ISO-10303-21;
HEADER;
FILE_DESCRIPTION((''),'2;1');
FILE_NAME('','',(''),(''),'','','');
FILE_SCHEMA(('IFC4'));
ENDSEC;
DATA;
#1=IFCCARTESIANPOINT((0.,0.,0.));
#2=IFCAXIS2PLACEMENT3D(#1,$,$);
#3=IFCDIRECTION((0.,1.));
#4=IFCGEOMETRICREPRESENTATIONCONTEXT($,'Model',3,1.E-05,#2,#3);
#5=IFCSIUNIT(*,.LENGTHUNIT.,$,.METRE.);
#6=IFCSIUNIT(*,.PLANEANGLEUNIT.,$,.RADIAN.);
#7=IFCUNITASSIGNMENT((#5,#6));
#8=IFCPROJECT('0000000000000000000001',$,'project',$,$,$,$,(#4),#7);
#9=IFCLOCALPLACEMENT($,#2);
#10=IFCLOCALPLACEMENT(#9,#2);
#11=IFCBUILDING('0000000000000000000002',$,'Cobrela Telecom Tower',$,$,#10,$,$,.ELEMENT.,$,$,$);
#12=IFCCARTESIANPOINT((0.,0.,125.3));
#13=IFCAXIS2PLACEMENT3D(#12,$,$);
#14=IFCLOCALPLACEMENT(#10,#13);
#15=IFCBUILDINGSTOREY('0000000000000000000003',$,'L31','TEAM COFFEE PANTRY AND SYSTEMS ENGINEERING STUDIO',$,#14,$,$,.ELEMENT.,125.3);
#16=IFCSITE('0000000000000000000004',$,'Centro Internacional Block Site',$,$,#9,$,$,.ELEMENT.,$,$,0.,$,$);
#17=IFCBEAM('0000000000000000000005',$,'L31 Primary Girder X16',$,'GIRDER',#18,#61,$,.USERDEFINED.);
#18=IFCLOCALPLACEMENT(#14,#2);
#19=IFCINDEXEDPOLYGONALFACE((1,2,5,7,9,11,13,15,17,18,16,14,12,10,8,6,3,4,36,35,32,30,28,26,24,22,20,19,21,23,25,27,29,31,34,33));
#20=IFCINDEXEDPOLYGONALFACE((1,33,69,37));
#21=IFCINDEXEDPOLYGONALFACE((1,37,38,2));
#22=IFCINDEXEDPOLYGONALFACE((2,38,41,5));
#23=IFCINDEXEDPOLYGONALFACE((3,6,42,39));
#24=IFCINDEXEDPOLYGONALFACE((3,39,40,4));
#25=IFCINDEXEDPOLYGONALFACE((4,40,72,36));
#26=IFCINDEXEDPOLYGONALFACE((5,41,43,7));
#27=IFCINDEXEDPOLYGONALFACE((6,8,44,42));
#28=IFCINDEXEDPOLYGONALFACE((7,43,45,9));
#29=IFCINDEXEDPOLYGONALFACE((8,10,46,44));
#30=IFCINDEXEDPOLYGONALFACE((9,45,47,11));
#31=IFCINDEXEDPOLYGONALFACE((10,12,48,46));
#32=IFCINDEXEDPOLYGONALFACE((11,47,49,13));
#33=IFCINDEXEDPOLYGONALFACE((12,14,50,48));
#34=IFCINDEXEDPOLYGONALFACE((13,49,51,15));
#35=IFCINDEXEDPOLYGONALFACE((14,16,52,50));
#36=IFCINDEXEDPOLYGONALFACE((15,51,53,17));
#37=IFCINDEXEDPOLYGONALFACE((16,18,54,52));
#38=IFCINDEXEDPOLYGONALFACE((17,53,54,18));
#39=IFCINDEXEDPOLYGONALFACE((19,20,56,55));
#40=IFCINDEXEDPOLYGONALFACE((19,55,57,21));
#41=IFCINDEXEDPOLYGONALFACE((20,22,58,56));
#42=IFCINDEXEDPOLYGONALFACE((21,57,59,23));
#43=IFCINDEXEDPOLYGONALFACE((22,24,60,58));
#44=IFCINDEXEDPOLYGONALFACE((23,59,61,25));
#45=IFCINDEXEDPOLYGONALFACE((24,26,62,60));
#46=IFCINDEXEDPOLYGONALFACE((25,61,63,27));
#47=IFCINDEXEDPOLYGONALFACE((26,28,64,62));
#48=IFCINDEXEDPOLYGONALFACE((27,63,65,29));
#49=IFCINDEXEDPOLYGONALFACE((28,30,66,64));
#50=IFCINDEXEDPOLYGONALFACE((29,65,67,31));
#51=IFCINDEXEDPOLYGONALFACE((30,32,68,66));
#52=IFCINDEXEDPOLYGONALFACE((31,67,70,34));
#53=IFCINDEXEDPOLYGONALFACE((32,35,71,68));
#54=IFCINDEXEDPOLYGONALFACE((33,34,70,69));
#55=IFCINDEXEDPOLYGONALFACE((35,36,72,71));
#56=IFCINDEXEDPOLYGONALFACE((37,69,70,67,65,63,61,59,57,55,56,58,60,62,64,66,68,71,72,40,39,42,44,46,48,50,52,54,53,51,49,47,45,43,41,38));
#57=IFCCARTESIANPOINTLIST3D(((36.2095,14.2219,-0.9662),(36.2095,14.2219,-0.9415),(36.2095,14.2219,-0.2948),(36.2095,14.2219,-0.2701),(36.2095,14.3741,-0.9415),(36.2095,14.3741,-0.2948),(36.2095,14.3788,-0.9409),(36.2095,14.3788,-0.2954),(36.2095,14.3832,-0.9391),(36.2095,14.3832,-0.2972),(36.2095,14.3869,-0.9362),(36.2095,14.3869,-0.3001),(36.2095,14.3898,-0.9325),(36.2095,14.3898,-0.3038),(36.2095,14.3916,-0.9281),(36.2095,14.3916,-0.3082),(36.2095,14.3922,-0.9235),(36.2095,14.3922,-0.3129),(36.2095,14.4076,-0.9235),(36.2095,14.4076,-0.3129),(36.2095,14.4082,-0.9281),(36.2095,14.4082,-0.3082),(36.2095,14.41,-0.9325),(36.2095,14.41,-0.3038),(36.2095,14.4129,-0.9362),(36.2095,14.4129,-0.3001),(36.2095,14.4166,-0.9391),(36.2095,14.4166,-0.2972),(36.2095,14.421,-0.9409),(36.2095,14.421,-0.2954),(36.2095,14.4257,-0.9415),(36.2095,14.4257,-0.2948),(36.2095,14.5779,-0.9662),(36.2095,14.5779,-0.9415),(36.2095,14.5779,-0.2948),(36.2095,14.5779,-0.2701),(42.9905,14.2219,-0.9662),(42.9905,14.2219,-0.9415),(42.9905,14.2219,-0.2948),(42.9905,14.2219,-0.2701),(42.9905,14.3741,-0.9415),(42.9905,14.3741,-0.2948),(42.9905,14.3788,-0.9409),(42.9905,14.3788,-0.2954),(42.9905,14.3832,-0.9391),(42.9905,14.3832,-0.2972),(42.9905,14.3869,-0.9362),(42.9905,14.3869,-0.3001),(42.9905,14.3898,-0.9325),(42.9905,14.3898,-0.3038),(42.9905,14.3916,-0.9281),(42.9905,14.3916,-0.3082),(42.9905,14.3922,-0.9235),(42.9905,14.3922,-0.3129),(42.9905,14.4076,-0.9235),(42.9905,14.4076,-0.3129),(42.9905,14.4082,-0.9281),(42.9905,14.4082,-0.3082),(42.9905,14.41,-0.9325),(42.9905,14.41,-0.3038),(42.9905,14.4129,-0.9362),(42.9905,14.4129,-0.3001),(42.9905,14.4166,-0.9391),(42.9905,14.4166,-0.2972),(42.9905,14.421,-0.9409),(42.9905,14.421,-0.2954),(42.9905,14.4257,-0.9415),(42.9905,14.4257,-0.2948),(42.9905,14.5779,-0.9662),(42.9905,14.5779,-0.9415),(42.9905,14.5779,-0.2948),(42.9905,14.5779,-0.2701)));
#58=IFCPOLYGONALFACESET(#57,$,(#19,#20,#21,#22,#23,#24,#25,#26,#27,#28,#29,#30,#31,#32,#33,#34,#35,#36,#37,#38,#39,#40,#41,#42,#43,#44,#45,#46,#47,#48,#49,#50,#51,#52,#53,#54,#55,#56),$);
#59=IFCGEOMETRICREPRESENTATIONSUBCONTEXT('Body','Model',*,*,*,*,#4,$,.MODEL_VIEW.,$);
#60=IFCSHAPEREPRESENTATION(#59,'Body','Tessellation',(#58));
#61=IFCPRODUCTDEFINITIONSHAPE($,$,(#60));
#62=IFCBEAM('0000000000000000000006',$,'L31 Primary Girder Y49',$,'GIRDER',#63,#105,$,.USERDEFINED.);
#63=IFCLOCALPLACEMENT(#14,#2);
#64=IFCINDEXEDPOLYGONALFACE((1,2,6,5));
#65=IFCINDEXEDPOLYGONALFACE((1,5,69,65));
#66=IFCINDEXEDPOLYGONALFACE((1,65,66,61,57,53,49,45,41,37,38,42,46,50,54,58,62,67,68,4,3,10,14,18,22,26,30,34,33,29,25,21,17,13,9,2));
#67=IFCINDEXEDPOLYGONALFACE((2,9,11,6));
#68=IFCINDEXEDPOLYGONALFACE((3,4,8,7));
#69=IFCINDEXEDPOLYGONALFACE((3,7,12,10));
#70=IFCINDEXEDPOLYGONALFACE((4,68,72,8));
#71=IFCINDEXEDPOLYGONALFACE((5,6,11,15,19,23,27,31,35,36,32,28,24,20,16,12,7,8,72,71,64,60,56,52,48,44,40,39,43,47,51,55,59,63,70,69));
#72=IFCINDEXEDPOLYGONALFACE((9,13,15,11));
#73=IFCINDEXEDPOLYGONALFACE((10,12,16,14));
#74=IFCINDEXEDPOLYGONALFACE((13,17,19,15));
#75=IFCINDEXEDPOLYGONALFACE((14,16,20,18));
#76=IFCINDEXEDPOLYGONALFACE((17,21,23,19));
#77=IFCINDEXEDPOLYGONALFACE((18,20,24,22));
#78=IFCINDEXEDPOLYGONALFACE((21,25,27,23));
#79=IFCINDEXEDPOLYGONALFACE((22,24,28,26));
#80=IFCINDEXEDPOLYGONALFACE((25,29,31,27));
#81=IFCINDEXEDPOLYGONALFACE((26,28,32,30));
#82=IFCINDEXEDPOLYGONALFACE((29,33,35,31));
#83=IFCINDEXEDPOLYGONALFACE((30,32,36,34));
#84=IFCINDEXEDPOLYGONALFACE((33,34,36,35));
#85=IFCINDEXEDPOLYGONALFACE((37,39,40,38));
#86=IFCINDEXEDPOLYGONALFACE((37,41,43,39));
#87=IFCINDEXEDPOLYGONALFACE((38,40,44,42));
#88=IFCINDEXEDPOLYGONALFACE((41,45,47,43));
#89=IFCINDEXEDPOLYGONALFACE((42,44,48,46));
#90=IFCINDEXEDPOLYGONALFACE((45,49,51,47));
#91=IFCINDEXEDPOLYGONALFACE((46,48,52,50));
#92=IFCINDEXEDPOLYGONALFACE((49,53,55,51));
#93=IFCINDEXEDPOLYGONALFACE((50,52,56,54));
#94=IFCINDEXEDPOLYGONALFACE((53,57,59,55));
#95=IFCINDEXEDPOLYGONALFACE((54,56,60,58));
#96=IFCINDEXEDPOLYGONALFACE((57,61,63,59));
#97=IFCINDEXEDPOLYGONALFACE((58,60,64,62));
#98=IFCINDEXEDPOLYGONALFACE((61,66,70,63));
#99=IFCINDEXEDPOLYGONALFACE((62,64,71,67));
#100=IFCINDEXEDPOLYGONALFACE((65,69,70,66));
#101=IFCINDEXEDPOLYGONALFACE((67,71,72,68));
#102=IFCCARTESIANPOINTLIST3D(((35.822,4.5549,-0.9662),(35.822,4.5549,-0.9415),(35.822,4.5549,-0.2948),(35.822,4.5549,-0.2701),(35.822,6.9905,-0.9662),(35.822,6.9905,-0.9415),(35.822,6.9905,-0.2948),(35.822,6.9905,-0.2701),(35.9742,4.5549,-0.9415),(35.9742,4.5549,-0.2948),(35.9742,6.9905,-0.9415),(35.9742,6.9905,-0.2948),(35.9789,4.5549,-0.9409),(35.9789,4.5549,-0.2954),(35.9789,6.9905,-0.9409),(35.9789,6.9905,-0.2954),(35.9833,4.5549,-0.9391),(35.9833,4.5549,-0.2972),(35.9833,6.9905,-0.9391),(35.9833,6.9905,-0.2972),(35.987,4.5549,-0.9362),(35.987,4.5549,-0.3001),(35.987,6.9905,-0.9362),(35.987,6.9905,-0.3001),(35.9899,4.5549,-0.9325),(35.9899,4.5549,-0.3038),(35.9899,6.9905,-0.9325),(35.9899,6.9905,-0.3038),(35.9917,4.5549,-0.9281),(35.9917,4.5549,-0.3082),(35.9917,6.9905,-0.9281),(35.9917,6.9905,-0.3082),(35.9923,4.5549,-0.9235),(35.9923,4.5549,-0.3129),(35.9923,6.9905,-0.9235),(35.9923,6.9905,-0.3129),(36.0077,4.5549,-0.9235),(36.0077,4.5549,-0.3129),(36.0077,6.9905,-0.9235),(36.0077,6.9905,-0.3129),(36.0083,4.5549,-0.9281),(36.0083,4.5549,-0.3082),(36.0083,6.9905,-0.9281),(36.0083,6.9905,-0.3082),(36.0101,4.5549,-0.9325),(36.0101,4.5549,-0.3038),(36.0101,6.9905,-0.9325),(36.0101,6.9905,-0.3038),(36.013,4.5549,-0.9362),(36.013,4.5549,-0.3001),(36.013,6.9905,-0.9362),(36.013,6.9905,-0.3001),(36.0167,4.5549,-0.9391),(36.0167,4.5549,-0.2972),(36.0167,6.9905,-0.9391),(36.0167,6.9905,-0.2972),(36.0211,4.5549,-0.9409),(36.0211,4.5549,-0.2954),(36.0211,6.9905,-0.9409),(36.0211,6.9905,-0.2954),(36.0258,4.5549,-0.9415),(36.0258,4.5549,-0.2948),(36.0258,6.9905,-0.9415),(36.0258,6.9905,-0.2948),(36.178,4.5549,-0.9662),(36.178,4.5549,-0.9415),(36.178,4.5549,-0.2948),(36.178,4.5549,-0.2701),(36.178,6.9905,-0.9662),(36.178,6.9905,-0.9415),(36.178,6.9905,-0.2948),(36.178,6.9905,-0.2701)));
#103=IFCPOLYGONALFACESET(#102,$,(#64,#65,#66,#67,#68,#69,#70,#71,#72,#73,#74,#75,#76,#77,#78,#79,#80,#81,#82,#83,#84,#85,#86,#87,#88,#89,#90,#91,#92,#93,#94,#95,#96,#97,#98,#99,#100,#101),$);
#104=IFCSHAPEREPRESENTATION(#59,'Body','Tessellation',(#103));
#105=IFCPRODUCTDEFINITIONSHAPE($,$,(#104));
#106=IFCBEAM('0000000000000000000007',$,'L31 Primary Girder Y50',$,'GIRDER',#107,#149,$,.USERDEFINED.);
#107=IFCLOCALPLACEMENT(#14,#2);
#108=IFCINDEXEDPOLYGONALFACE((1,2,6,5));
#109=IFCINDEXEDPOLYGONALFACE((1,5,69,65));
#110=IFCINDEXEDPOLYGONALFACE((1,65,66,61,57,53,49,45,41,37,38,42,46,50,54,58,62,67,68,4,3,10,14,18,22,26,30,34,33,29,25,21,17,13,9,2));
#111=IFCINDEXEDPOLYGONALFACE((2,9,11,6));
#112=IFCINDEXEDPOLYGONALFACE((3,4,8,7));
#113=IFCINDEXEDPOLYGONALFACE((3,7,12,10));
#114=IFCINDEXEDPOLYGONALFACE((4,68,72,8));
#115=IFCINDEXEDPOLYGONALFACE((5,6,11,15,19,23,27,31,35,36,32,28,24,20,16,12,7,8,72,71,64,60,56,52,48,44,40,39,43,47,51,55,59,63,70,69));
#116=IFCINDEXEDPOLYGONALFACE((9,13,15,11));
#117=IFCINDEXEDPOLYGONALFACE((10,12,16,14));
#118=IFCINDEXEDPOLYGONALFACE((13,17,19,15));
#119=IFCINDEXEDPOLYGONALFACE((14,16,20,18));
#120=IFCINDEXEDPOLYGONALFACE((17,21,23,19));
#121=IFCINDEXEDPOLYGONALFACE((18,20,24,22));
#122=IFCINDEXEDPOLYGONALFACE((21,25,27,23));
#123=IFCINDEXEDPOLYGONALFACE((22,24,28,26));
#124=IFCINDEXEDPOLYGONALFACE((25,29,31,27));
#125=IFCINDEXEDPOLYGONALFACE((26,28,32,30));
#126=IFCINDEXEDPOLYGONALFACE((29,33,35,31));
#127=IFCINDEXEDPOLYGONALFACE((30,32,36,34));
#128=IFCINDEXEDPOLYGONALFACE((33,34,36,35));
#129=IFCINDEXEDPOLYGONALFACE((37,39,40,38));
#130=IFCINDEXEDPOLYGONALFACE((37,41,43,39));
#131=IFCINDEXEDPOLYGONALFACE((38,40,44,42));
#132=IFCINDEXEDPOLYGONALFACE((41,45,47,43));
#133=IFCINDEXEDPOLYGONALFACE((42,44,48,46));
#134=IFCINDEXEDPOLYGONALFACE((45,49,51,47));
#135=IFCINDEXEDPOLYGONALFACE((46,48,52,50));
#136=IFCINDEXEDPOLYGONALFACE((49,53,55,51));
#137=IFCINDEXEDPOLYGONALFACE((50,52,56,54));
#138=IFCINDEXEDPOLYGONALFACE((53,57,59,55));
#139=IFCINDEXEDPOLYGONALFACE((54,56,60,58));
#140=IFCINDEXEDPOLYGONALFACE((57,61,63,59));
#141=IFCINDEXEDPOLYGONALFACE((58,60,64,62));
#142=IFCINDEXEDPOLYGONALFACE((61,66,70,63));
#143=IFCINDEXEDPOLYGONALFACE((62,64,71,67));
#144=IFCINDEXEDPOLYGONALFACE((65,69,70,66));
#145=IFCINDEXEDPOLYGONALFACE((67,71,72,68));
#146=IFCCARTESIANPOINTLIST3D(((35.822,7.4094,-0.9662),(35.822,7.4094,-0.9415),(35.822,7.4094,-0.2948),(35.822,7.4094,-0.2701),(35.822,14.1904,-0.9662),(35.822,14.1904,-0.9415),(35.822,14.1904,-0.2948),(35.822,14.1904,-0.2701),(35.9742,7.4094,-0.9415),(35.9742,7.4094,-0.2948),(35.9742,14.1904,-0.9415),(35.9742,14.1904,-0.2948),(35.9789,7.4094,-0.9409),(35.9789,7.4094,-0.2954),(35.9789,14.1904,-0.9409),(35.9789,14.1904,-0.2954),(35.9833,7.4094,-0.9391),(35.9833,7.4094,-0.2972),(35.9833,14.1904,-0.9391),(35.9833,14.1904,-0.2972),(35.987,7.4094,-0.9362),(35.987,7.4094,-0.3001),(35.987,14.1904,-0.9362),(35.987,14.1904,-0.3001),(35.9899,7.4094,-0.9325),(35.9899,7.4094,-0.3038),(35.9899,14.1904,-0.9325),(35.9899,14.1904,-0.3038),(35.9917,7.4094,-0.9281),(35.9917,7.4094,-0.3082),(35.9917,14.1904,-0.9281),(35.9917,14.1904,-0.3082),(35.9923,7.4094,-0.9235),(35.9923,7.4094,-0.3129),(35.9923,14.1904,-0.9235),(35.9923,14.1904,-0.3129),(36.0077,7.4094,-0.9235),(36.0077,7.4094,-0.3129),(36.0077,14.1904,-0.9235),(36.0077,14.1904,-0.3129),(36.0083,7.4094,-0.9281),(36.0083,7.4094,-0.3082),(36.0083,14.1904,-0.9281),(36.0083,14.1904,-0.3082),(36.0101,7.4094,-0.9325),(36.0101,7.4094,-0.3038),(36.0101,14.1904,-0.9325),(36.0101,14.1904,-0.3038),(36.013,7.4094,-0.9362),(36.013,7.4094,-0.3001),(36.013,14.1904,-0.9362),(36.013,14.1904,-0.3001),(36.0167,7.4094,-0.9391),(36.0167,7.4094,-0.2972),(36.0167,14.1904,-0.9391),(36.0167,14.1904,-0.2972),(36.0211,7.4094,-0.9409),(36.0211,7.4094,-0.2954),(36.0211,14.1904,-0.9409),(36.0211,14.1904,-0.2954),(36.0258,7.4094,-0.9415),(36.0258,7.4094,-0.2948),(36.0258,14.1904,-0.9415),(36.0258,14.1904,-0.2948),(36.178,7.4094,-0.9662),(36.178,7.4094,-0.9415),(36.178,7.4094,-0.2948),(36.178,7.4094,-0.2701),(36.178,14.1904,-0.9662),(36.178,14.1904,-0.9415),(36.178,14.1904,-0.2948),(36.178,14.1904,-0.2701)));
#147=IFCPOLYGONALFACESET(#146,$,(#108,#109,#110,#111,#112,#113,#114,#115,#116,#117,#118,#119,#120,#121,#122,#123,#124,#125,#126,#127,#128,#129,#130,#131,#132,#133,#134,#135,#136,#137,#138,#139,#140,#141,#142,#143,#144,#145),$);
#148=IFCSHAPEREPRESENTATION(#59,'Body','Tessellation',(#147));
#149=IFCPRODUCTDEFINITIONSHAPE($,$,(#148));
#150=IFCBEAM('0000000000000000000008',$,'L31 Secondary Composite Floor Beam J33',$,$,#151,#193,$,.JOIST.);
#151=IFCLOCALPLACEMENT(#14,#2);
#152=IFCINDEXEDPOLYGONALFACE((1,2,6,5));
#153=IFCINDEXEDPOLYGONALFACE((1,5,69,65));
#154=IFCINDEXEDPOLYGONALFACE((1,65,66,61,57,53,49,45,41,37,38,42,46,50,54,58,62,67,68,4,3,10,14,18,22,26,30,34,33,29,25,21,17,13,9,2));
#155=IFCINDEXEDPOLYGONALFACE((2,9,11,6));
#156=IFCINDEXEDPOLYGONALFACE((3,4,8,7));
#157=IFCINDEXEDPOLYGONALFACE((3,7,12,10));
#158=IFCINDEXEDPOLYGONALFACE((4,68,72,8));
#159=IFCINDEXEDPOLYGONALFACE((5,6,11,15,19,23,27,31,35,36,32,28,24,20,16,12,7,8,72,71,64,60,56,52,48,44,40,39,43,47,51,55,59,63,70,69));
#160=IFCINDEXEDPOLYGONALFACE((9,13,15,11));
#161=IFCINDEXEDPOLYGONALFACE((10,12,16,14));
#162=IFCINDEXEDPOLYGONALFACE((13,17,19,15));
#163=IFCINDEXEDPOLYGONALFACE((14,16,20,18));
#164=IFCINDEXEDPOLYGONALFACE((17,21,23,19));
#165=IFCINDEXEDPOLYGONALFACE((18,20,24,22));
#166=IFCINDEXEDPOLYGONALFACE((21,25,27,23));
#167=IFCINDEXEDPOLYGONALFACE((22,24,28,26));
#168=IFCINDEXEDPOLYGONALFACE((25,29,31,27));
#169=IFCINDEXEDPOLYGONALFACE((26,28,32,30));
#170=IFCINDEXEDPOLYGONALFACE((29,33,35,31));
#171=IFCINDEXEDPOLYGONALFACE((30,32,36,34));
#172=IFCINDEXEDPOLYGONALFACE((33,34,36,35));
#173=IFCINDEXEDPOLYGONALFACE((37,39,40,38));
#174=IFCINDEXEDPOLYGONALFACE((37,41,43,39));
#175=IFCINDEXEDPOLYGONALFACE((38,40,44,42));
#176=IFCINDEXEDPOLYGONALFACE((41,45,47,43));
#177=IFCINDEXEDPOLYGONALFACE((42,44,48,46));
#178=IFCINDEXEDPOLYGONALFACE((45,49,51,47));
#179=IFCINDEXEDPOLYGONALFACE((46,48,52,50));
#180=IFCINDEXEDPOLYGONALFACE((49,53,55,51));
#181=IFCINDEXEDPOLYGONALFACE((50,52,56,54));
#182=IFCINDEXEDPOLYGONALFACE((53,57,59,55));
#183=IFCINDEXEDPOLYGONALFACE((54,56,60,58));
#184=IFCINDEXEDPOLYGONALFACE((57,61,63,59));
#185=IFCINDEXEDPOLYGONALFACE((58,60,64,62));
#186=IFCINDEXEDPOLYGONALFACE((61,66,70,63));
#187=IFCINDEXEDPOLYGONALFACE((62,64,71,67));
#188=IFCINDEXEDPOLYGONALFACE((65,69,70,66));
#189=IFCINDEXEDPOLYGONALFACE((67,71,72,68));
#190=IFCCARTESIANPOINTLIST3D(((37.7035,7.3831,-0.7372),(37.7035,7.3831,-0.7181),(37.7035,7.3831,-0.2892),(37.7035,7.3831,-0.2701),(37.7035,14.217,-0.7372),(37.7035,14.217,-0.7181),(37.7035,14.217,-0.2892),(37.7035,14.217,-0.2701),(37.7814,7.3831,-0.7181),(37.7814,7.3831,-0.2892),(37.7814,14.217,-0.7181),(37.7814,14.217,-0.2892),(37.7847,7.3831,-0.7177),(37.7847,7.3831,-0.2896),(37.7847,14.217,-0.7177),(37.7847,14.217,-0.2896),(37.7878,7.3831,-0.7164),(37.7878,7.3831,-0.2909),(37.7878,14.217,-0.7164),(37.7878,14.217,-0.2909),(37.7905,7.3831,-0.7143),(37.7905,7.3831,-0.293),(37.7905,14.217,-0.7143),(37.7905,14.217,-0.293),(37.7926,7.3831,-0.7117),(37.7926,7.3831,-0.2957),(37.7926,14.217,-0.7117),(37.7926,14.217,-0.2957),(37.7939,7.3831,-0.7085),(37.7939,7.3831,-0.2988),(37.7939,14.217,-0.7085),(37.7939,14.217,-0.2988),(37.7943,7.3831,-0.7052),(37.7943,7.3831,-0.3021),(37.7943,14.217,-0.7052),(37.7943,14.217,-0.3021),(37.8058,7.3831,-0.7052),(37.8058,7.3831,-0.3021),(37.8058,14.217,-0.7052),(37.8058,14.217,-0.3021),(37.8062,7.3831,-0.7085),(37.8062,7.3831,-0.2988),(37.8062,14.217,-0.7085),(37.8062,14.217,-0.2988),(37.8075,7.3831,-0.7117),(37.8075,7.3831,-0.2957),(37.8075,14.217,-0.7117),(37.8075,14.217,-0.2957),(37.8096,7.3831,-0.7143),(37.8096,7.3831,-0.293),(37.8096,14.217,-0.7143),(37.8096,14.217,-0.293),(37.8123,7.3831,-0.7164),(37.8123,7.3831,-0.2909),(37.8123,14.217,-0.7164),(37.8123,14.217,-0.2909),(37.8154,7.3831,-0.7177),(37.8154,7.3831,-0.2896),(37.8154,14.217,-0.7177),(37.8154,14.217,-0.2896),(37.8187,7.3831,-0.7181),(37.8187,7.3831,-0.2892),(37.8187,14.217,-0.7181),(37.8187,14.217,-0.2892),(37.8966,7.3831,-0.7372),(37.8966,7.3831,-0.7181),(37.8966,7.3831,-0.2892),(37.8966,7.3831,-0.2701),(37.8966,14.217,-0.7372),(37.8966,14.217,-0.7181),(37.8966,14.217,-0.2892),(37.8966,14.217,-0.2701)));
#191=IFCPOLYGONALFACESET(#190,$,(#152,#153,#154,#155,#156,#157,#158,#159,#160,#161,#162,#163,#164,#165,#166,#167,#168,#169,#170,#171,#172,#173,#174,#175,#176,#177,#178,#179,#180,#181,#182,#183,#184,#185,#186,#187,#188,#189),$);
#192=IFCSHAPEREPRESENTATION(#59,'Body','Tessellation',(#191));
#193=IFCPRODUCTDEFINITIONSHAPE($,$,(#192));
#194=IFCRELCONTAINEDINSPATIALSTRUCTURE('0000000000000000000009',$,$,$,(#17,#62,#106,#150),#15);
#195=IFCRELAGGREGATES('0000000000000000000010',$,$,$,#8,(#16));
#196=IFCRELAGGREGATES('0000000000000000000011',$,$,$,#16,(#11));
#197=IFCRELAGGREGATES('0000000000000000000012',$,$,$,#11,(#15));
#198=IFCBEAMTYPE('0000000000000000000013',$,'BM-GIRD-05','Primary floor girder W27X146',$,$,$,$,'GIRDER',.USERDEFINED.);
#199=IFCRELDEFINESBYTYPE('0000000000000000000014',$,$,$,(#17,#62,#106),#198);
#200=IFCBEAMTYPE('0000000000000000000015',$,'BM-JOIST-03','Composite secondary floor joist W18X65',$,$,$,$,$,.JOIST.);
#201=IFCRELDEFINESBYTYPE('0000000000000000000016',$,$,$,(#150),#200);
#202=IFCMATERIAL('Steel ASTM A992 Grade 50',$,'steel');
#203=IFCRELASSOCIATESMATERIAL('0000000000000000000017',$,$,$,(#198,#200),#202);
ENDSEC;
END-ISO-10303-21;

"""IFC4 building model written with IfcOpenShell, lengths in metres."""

from ifc_helpers import new_model, si_unit, direction, frame, origin, origin_2d, place, context, subcontext, project, spatial, i_section, extrude, material, material_profile, profile_set, type_object, element, save


model = new_model("IFC4")

# Units and contexts
model_context = context("Model", 3, precision=1e-05, world=origin(), true_north=direction((0.0, 1.0)))
body_context = subcontext(model_context, "Body", "Model", "MODEL_VIEW")
ifc_project = project(units=[si_unit("LENGTHUNIT", "METRE"), si_unit("PLANEANGLEUNIT", "RADIAN")], contexts=[model_context])

# Site, building, storey
site_placement = place(None, origin())
site = spatial("IfcSite", under=ifc_project, at=site_placement, Name="Centro Internacional Block Site", CompositionType="ELEMENT", RefElevation=0.0)
building_placement = place(site_placement, origin())
building = spatial("IfcBuilding", under=site, at=building_placement, Name="Cobrela Telecom Tower", CompositionType="ELEMENT")
storey_placement = place(building_placement, frame((0.0, 0.0, 125.3)))
storey = spatial("IfcBuildingStorey", under=building, at=storey_placement, Name="L31", Description="TEAM COFFEE PANTRY AND SYSTEMS ENGINEERING STUDIO", CompositionType="ELEMENT", Elevation=125.3)

# Shared definitions
ifc_material_1 = material(Name="Steel ASTM A992 Grade 50", Category="steel")

# Beams
ifc_material_profile_1 = material_profile(ifc_material_1, i_section(OverallWidth=0.356, OverallDepth=0.696, WebThickness=0.0154, FlangeThickness=0.0247, FilletRadius=0.0181, at=origin_2d()), Name="W27X146")
ifc_profile_set_1 = profile_set([ifc_material_profile_1], Name="Steel ASTM A992 Grade 50")
beam_type_1 = type_object("IfcBeamType", Name="BM-GIRD-05", Description="Primary floor girder W27X146", ElementType="GIRDER", PredefinedType="USERDEFINED", material=ifc_profile_set_1)
beam_1_placement = place(storey_placement, frame((36.2095, 14.3999, -0.6182), z_axis=(1.0, 0.0, 0.0), x_axis=(0.0, 1.0, 0.0)))
element("IfcBeam", 1, at=beam_1_placement, inside=storey, type_object=beam_type_1, Name="L31 Primary Girder X16", ObjectType="GIRDER", PredefinedType="USERDEFINED", context=body_context, shape_type="SweptSolid", body=[
    extrude(i_section(OverallWidth=0.356, OverallDepth=0.696, WebThickness=0.0154, FlangeThickness=0.0247, FilletRadius=0.0181, at=origin_2d()), origin(), (0.0, 0.0, 1.0), 6.781),
])
beam_2_placement = place(storey_placement, frame((36.0, 4.5549, -0.6182), z_axis=(0.0, 1.0, 0.0), x_axis=(-1.0, 0.0, 0.0)))
element("IfcBeam", 2, at=beam_2_placement, inside=storey, type_object=beam_type_1, Name="L31 Primary Girder Y49", ObjectType="GIRDER", PredefinedType="USERDEFINED", context=body_context, shape_type="SweptSolid", body=[
    extrude(i_section(OverallWidth=0.356, OverallDepth=0.696, WebThickness=0.0154, FlangeThickness=0.0247, FilletRadius=0.0181, at=origin_2d()), origin(), (0.0, 0.0, 1.0), 2.4355),
])
beam_3_placement = place(storey_placement, frame((36.0, 7.4094, -0.6182), z_axis=(0.0, 1.0, 0.0), x_axis=(-1.0, 0.0, 0.0)))
element("IfcBeam", 3, at=beam_3_placement, inside=storey, type_object=beam_type_1, Name="L31 Primary Girder Y50", ObjectType="GIRDER", PredefinedType="USERDEFINED", context=body_context, shape_type="SweptSolid", body=[
    extrude(i_section(OverallWidth=0.356, OverallDepth=0.696, WebThickness=0.0154, FlangeThickness=0.0247, FilletRadius=0.0181, at=origin_2d()), origin(), (0.0, 0.0, 1.0), 6.781),
])
ifc_material_profile_2 = material_profile(ifc_material_1, i_section(OverallWidth=0.1931, OverallDepth=0.467, WebThickness=0.0115, FlangeThickness=0.019, FilletRadius=0.0129, at=origin_2d()), Name="W18X65")
ifc_profile_set_2 = profile_set([ifc_material_profile_2], Name="Steel ASTM A992 Grade 50")
beam_type_2 = type_object("IfcBeamType", Name="BM-JOIST-03", Description="Composite secondary floor joist W18X65", PredefinedType="JOIST", material=ifc_profile_set_2)
for number, where, z_axis, x_axis, name in (
    (4, (37.8, 7.3831, -0.5037), (0.0, 1.0, 0.0), (-1.0, 0.0, 0.0), "L31 Secondary Composite Floor Beam J33"),
):
    element("IfcBeam", number, at=place(storey_placement, frame(where, z_axis=z_axis, x_axis=x_axis)), inside=storey, type_object=beam_type_2, Name=name, PredefinedType="JOIST", context=body_context, shape_type="SweptSolid", body=[
        extrude(i_section(OverallWidth=0.1931, OverallDepth=0.467, WebThickness=0.0115, FlangeThickness=0.019, FilletRadius=0.0129, at=origin_2d()), origin(), (0.0, 0.0, 1.0), 6.834),
    ])

save(model, "model.ifc")
